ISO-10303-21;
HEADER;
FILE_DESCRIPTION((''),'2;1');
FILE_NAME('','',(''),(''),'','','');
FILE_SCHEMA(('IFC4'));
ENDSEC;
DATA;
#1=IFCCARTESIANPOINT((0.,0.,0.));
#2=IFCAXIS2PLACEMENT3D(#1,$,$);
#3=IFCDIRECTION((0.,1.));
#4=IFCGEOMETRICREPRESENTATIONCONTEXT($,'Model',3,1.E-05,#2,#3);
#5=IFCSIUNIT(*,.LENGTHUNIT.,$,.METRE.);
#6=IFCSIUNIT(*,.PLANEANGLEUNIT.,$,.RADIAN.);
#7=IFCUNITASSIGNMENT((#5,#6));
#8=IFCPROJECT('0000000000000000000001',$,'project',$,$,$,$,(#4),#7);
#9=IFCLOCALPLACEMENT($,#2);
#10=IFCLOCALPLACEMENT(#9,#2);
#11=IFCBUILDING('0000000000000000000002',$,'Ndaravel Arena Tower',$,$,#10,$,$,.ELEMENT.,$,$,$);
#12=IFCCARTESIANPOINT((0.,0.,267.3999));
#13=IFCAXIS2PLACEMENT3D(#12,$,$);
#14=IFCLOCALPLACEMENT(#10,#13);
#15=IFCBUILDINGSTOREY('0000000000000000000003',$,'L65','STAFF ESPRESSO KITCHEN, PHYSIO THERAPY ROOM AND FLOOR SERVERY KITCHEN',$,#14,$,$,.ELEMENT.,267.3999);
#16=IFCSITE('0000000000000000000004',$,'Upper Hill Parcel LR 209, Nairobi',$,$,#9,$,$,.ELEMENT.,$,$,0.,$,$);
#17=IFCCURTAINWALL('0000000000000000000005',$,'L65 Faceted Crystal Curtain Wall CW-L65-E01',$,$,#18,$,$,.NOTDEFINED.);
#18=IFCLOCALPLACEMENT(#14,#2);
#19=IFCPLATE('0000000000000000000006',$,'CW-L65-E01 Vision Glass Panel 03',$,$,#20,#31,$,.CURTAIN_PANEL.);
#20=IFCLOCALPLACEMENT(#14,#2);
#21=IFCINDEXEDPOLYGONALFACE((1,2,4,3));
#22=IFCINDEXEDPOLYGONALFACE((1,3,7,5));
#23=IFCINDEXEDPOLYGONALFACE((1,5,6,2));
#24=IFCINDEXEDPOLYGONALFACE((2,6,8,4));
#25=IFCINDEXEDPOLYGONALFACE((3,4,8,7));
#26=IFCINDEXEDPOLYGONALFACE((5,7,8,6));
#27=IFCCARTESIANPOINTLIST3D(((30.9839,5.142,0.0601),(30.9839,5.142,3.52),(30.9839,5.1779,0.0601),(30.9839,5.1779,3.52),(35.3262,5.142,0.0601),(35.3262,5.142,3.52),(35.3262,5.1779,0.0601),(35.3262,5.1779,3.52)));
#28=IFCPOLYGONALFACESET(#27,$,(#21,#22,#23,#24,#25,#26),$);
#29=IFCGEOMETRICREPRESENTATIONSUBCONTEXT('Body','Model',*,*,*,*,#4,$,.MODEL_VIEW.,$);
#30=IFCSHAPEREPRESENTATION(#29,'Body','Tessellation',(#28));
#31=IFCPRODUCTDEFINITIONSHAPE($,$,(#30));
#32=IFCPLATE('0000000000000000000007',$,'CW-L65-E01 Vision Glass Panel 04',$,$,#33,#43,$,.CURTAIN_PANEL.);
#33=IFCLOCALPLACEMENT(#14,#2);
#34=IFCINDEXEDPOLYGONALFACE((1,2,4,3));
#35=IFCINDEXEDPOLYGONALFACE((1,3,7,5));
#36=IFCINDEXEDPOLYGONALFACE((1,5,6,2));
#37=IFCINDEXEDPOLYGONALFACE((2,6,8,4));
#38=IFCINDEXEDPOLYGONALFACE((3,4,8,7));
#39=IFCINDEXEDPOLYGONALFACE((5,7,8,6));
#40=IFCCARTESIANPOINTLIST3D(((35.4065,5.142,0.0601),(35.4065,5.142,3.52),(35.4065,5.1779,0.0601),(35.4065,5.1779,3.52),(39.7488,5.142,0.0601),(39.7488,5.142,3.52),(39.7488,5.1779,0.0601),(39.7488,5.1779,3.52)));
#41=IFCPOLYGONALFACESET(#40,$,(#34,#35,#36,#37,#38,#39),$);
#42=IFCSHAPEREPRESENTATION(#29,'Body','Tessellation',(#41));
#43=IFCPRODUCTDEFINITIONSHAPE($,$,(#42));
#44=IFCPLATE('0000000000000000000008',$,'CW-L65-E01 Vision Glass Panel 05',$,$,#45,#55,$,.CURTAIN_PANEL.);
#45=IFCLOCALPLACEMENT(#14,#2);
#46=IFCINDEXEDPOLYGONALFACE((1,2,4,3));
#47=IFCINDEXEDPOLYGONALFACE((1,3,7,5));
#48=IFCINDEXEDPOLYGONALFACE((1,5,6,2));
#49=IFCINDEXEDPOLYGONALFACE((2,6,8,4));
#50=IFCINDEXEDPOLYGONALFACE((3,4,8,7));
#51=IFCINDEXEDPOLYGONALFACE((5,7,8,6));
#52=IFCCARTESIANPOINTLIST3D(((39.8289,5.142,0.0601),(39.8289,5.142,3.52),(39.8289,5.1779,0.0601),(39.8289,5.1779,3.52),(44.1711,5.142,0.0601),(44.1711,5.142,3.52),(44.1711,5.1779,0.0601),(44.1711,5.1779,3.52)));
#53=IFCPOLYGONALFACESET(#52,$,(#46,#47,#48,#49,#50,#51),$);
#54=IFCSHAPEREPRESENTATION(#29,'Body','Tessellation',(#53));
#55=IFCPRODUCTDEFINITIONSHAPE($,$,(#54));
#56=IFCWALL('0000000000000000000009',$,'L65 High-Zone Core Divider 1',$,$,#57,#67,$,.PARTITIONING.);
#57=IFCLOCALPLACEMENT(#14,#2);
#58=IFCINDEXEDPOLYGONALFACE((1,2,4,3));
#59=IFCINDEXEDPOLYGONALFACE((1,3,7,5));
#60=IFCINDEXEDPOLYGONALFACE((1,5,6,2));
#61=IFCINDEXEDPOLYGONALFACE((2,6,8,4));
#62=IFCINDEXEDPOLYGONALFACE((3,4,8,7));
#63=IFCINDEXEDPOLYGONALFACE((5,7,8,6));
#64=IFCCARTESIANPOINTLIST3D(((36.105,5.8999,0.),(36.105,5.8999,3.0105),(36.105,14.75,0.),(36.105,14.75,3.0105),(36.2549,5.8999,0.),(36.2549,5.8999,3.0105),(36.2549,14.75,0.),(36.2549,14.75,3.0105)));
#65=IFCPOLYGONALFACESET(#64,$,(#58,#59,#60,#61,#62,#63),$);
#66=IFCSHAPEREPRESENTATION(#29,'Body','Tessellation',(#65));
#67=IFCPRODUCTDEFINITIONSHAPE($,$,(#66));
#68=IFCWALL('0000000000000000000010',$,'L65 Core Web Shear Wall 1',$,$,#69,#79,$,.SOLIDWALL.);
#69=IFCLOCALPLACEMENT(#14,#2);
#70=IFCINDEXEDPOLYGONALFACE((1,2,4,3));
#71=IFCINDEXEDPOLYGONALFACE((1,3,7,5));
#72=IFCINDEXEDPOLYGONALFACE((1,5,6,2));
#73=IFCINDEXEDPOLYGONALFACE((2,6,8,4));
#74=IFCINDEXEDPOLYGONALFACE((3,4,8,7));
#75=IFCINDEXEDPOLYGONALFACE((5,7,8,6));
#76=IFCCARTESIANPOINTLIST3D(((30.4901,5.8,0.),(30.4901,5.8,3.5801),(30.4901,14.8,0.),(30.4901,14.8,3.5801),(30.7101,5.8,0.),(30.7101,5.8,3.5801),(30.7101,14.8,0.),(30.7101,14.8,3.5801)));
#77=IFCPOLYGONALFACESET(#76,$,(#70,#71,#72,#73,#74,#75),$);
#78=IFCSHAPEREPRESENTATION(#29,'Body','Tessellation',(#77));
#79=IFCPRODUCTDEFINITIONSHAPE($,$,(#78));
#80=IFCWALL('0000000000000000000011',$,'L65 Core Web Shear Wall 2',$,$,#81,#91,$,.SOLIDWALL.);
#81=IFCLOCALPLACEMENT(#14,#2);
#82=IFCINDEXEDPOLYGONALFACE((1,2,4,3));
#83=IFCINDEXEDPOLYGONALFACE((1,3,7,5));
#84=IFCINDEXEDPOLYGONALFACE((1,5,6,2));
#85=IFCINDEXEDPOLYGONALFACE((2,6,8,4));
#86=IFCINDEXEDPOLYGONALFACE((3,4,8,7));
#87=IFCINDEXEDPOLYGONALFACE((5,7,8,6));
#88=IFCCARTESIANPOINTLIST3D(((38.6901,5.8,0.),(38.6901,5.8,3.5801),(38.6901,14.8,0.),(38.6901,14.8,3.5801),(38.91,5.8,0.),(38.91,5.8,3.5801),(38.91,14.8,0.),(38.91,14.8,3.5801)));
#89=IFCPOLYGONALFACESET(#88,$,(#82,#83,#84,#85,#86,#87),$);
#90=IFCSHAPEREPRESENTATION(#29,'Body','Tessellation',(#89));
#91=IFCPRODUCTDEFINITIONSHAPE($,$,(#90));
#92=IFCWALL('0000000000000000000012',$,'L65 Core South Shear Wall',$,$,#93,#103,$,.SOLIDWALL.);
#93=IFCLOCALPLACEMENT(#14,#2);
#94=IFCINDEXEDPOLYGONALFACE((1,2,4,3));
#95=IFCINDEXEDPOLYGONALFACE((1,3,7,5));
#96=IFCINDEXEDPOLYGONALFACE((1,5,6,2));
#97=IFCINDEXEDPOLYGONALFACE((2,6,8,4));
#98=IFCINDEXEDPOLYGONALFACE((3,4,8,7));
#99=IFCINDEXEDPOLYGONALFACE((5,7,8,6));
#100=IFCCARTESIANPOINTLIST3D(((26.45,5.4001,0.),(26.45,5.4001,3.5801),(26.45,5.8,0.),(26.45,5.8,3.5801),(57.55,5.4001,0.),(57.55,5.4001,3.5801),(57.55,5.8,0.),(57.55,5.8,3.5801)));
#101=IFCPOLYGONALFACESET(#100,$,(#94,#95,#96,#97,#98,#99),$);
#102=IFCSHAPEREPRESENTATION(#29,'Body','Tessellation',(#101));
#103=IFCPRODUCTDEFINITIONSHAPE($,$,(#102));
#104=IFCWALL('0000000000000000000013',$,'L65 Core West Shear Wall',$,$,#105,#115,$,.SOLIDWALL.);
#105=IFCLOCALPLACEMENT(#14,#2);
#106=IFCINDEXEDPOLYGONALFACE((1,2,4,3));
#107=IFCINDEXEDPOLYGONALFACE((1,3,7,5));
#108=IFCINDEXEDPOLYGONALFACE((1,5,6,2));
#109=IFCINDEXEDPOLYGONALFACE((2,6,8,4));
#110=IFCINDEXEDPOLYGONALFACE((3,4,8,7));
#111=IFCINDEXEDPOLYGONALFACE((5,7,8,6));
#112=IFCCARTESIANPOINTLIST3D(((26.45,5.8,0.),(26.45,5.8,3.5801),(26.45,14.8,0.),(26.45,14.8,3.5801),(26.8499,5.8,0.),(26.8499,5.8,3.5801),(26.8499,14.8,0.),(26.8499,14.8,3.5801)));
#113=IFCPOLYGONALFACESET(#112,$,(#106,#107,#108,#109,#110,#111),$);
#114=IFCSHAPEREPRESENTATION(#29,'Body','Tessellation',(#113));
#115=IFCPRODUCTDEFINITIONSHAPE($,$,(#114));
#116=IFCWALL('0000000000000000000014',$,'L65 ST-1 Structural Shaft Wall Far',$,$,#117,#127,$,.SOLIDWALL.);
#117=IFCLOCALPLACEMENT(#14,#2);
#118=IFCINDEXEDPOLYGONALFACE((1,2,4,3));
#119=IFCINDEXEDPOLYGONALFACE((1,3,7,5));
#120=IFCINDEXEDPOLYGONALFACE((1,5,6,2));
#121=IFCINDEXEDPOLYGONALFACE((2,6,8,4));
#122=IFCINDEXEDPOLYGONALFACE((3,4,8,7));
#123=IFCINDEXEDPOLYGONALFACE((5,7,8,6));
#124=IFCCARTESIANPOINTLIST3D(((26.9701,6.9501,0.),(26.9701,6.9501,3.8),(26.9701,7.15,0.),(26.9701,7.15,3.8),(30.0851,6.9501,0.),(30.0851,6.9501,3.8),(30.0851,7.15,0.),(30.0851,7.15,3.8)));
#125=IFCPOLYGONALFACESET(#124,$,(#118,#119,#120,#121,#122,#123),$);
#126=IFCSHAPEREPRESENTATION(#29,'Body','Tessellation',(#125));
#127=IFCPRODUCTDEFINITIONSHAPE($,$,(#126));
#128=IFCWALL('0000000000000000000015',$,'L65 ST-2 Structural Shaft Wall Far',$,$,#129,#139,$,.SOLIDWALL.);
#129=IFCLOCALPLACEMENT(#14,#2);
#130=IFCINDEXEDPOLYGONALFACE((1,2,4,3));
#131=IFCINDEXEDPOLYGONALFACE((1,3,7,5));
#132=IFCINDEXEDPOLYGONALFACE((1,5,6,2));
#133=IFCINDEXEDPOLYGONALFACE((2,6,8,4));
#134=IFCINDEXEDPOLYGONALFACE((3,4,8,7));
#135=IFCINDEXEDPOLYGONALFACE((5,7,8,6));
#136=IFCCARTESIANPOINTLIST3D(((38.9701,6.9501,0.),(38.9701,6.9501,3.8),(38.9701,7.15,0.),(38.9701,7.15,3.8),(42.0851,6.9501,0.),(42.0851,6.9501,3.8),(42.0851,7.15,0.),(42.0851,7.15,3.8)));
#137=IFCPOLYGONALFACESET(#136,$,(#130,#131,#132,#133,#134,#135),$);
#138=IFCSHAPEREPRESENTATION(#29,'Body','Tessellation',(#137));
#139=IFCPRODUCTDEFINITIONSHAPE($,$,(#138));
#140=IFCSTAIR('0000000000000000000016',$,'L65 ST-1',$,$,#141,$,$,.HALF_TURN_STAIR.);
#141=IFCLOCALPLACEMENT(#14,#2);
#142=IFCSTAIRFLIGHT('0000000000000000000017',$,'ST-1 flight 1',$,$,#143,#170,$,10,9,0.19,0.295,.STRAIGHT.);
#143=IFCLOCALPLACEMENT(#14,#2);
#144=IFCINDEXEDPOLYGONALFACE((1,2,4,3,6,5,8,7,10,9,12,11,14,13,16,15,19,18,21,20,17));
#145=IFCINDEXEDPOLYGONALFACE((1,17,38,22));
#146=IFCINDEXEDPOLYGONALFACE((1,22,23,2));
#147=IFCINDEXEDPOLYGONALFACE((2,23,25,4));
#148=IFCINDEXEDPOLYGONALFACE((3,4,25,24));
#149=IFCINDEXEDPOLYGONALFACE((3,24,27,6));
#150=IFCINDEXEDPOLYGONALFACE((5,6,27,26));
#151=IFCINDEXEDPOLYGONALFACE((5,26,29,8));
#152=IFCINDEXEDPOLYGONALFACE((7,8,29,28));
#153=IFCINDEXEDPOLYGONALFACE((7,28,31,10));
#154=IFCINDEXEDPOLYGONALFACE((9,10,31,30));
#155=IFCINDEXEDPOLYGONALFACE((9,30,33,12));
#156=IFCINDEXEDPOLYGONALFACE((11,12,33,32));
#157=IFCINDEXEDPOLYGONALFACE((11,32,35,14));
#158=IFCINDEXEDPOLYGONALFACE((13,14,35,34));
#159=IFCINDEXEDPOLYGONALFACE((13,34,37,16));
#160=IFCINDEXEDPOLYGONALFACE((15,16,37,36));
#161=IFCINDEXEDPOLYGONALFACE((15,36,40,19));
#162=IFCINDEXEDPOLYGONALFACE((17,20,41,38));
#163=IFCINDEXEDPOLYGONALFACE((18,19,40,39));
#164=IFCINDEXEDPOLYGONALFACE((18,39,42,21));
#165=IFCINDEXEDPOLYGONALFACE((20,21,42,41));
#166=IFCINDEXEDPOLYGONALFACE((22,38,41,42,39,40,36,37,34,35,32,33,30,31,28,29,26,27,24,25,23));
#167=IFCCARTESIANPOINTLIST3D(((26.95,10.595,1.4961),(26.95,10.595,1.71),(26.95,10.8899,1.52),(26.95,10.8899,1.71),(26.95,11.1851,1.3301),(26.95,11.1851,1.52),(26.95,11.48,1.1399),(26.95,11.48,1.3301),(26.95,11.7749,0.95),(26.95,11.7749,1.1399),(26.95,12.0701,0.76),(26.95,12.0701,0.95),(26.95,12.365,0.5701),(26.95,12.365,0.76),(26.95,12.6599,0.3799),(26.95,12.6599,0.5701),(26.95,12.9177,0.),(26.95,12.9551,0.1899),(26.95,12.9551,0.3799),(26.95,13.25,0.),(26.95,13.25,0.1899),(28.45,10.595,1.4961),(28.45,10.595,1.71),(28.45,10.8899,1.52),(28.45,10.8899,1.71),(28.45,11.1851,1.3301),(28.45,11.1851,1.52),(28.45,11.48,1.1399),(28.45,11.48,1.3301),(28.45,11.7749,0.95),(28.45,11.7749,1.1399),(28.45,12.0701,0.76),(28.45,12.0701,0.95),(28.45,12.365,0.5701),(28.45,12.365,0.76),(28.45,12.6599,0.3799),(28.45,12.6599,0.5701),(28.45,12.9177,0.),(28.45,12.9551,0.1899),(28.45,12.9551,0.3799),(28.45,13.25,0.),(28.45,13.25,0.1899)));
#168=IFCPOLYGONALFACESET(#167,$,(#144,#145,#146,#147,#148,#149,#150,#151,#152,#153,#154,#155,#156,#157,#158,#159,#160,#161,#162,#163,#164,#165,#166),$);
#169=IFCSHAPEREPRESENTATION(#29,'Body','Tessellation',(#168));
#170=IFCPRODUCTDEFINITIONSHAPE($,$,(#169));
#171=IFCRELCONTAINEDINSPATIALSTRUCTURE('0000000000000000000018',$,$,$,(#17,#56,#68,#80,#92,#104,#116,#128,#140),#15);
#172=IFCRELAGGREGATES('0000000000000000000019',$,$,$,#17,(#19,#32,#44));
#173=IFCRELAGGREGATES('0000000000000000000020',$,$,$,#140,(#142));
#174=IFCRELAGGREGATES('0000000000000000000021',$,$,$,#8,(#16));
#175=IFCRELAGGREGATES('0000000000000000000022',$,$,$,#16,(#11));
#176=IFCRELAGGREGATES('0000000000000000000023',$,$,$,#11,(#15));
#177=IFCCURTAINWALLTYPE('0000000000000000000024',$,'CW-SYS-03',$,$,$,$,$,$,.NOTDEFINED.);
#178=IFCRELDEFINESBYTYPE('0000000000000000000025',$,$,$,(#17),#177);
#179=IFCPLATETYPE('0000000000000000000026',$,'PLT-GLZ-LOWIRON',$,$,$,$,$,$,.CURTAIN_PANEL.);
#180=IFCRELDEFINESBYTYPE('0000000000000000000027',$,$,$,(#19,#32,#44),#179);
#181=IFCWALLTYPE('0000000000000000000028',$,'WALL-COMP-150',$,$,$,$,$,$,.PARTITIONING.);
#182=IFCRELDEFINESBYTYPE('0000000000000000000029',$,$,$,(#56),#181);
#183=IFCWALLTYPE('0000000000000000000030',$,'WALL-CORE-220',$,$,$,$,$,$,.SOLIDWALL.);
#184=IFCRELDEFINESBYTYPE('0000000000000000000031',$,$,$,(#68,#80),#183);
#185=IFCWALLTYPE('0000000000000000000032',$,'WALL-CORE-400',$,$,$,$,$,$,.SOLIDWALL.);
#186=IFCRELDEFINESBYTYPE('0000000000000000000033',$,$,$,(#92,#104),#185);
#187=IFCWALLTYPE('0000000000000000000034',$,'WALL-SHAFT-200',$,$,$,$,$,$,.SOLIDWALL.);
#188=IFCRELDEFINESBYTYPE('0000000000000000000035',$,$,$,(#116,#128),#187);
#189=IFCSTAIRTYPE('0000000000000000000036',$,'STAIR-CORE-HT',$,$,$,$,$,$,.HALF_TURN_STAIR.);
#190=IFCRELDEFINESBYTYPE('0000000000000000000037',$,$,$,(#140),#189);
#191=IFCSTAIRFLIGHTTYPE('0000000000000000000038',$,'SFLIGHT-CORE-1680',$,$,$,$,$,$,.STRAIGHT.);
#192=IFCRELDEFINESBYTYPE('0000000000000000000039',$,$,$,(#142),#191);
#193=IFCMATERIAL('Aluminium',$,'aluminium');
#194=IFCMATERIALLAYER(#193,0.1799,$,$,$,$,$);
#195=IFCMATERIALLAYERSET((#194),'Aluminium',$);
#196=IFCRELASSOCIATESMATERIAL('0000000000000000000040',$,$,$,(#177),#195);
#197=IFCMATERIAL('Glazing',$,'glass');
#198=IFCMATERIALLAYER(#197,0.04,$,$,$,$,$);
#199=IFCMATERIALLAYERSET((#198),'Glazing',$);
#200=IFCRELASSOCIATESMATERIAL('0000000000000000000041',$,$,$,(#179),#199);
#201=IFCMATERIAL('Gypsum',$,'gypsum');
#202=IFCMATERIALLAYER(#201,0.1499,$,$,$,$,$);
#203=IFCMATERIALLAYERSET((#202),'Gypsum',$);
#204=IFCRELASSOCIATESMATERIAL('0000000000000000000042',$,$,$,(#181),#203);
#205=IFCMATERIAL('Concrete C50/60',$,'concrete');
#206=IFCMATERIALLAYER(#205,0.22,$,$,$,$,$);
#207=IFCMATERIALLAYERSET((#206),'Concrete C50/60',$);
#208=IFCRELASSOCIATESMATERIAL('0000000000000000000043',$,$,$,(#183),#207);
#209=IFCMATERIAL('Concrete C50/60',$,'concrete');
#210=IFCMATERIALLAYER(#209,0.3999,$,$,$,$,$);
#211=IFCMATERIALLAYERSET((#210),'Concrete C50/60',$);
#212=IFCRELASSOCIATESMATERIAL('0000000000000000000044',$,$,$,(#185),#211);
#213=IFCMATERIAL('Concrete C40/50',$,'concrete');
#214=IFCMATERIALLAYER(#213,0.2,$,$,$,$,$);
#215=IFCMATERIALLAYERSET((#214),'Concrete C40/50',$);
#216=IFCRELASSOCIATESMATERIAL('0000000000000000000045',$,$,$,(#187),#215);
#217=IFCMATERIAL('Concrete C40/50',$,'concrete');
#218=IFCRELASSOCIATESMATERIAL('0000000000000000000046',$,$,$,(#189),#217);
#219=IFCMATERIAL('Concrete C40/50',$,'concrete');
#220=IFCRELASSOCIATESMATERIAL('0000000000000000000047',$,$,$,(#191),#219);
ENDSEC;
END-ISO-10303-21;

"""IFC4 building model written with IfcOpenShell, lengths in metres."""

from ifc_helpers import new_model, si_unit, direction, frame, frame_2d, origin, origin_2d, place, context, subcontext, project, spatial, polyline, rectangle, outline, extrude, material, layer, layer_set, type_object, element, aggregate, save


model = new_model("IFC4")

# Units and contexts
model_context = context("Model", 3, precision=1e-05, world=origin(), true_north=direction((0.0, 1.0)))
body_context = subcontext(model_context, "Body", "Model", "MODEL_VIEW")
ifc_project = project(units=[si_unit("LENGTHUNIT", "METRE"), si_unit("PLANEANGLEUNIT", "RADIAN")], contexts=[model_context])

# Site, building, storey
site_placement = place(None, origin())
site = spatial("IfcSite", under=ifc_project, at=site_placement, Name="Upper Hill Parcel LR 209, Nairobi", CompositionType="ELEMENT", RefElevation=0.0)
building_placement = place(site_placement, origin())
building = spatial("IfcBuilding", under=site, at=building_placement, Name="Ndaravel Arena Tower", CompositionType="ELEMENT")
storey_placement = place(building_placement, frame((0.0, 0.0, 267.3999)))
storey = spatial("IfcBuildingStorey", under=building, at=storey_placement, Name="L65", Description="STAFF ESPRESSO KITCHEN, PHYSIO THERAPY ROOM AND FLOOR SERVERY KITCHEN", CompositionType="ELEMENT", Elevation=267.3999)

# Curtain wall, plates
ifc_material_1 = material(Name="Aluminium", Category="aluminium")
ifc_layer_1 = layer(ifc_material_1, 0.1799)
ifc_layer_set_1 = layer_set([ifc_layer_1], Name="Aluminium")
curtain_wall_type = type_object("IfcCurtainWallType", Name="CW-SYS-03", PredefinedType="NOTDEFINED", material=ifc_layer_set_1)
curtain_wall_placement = place(storey_placement, origin())
curtain_wall = element("IfcCurtainWall", 1, at=curtain_wall_placement, inside=storey, type_object=curtain_wall_type, Name="L65 Faceted Crystal Curtain Wall CW-L65-E01", PredefinedType="NOTDEFINED")
ifc_material_2 = material(Name="Glazing", Category="glass")
ifc_layer_2 = layer(ifc_material_2, 0.04)
ifc_layer_set_2 = layer_set([ifc_layer_2], Name="Glazing")
plate_type = type_object("IfcPlateType", Name="PLT-GLZ-LOWIRON", PredefinedType="CURTAIN_PANEL", material=ifc_layer_set_2)
plate_1_placement = place(storey_placement, frame((33.155, 5.1599, 0.0601), z_axis=(0.0, 0.0, 1.0), x_axis=(1.0, 0.0, 0.0)))
plate_1 = element("IfcPlate", 2, at=plate_1_placement, type_object=plate_type, Name="CW-L65-E01 Vision Glass Panel 03", PredefinedType="CURTAIN_PANEL", context=body_context, shape_type="SweptSolid", body=[
    extrude(rectangle(XDim=4.3423, YDim=0.0359, at=origin_2d()), origin(), (0.0, 0.0, 1.0), 3.46),
])
plate_2_placement = place(storey_placement, frame((37.5776, 5.1599, 0.0601), z_axis=(0.0, 0.0, 1.0), x_axis=(1.0, 0.0, 0.0)))
plate_2 = element("IfcPlate", 3, at=plate_2_placement, type_object=plate_type, Name="CW-L65-E01 Vision Glass Panel 04", PredefinedType="CURTAIN_PANEL", context=body_context, shape_type="SweptSolid", body=[
    extrude(rectangle(XDim=4.3423, YDim=0.0359, at=origin_2d()), origin(), (0.0, 0.0, 1.0), 3.46),
])
plate_3_placement = place(storey_placement, frame((42.0, 5.1599, 0.0601), z_axis=(0.0, 0.0, 1.0), x_axis=(1.0, 0.0, 0.0)))
plate_3 = element("IfcPlate", 4, at=plate_3_placement, type_object=plate_type, Name="CW-L65-E01 Vision Glass Panel 05", PredefinedType="CURTAIN_PANEL", context=body_context, shape_type="SweptSolid", body=[
    extrude(rectangle(XDim=4.3423, YDim=0.0359, at=origin_2d()), origin(), (0.0, 0.0, 1.0), 3.46),
])
aggregate(curtain_wall, [plate_1, plate_2, plate_3])

# Walls
ifc_material_3 = material(Name="Gypsum", Category="gypsum")
ifc_layer_3 = layer(ifc_material_3, 0.1499)
ifc_layer_set_3 = layer_set([ifc_layer_3], Name="Gypsum")
wall_type_1 = type_object("IfcWallType", Name="WALL-COMP-150", PredefinedType="PARTITIONING", material=ifc_layer_set_3)
wall_1_placement = place(storey_placement, frame((36.1799, 5.8999, 0.0), z_axis=(0.0, 0.0, 1.0), x_axis=(0.0, 1.0, 0.0)))
element("IfcWall", 5, at=wall_1_placement, inside=storey, type_object=wall_type_1, Name="L65 High-Zone Core Divider 1", PredefinedType="PARTITIONING", context=body_context, shape_type="SweptSolid", body=[
    extrude(rectangle(XDim=8.8501, YDim=0.1499, at=frame_2d((4.425, 0.0))), origin(), (0.0, 0.0, 1.0), 3.0105),
])
ifc_material_4 = material(Name="Concrete C50/60", Category="concrete")
ifc_layer_4 = layer(ifc_material_4, 0.22)
ifc_layer_set_4 = layer_set([ifc_layer_4], Name="Concrete C50/60")
wall_type_2 = type_object("IfcWallType", Name="WALL-CORE-220", PredefinedType="SOLIDWALL", material=ifc_layer_set_4)
for number, where, z_axis, x_axis, name in (
    (6, (30.6001, 5.8, 0.0), (0.0, 0.0, 1.0), (0.0, 1.0, 0.0), "L65 Core Web Shear Wall 1"),
    (7, (38.8, 5.8, 0.0), (0.0, 0.0, 1.0), (0.0, 1.0, 0.0), "L65 Core Web Shear Wall 2"),
):
    element("IfcWall", number, at=place(storey_placement, frame(where, z_axis=z_axis, x_axis=x_axis)), inside=storey, type_object=wall_type_2, Name=name, PredefinedType="SOLIDWALL", context=body_context, shape_type="SweptSolid", body=[
        extrude(rectangle(XDim=9.0, YDim=0.22, at=frame_2d((4.5, 0.0))), origin(), (0.0, 0.0, 1.0), 3.5801),
    ])
ifc_material_5 = material(Name="Concrete C50/60", Category="concrete")
ifc_layer_5 = layer(ifc_material_5, 0.3999)
ifc_layer_set_5 = layer_set([ifc_layer_5], Name="Concrete C50/60")
wall_type_3 = type_object("IfcWallType", Name="WALL-CORE-400", PredefinedType="SOLIDWALL", material=ifc_layer_set_5)
wall_2_placement = place(storey_placement, frame((26.45, 5.6001, 0.0), z_axis=(0.0, 0.0, 1.0), x_axis=(1.0, 0.0, 0.0)))
element("IfcWall", 8, at=wall_2_placement, inside=storey, type_object=wall_type_3, Name="L65 Core South Shear Wall", PredefinedType="SOLIDWALL", context=body_context, shape_type="SweptSolid", body=[
    extrude(rectangle(XDim=31.1001, YDim=0.3999, at=frame_2d((15.55, 0.0))), origin(), (0.0, 0.0, 1.0), 3.5801),
])
wall_3_placement = place(storey_placement, frame((26.6499, 5.8, 0.0), z_axis=(0.0, 0.0, 1.0), x_axis=(0.0, 1.0, 0.0)))
element("IfcWall", 9, at=wall_3_placement, inside=storey, type_object=wall_type_3, Name="L65 Core West Shear Wall", PredefinedType="SOLIDWALL", context=body_context, shape_type="SweptSolid", body=[
    extrude(rectangle(XDim=9.0, YDim=0.3999, at=frame_2d((4.5, 0.0))), origin(), (0.0, 0.0, 1.0), 3.5801),
])
ifc_material_6 = material(Name="Concrete C40/50", Category="concrete")
ifc_layer_6 = layer(ifc_material_6, 0.2)
ifc_layer_set_6 = layer_set([ifc_layer_6], Name="Concrete C40/50")
wall_type_4 = type_object("IfcWallType", Name="WALL-SHAFT-200", PredefinedType="SOLIDWALL", material=ifc_layer_set_6)
for number, where, z_axis, x_axis, name in (
    (10, (26.97, 7.05, 0.0), (0.0, 0.0, 1.0), (1.0, 0.0, 0.0), "L65 ST-1 Structural Shaft Wall Far"),
    (11, (38.97, 7.05, 0.0), (0.0, 0.0, 1.0), (1.0, 0.0, 0.0), "L65 ST-2 Structural Shaft Wall Far"),
):
    element("IfcWall", number, at=place(storey_placement, frame(where, z_axis=z_axis, x_axis=x_axis)), inside=storey, type_object=wall_type_4, Name=name, PredefinedType="SOLIDWALL", context=body_context, shape_type="SweptSolid", body=[
        extrude(rectangle(XDim=3.115, YDim=0.2, at=frame_2d((1.5576, 0.0))), origin(), (0.0, 0.0, 1.0), 3.8),
    ])

# Stair, stair flight
ifc_material_7 = material(Name="Concrete C40/50", Category="concrete")
stair_type = type_object("IfcStairType", Name="STAIR-CORE-HT", PredefinedType="HALF_TURN_STAIR", material=ifc_material_7)
stair_1_placement = place(storey_placement, origin())
stair_1 = element("IfcStair", 12, at=stair_1_placement, inside=storey, type_object=stair_type, Name="L65 ST-1", PredefinedType="HALF_TURN_STAIR")
ifc_material_8 = material(Name="Concrete C40/50", Category="concrete")
stair_flight_type = type_object("IfcStairFlightType", Name="SFLIGHT-CORE-1680", PredefinedType="STRAIGHT", material=ifc_material_8)
stair_flight_1_placement = place(storey_placement, frame((27.7, 13.25, 0.0), z_axis=(0.0, 0.0, 1.0), x_axis=(0.0, -1.0, 0.0)))
stair_flight_1 = element("IfcStairFlight", 13, at=stair_flight_1_placement, type_object=stair_flight_type, Name="ST-1 flight 1", NumberOfRisers=10, NumberOfTreads=9, PredefinedType="STRAIGHT", RiserHeight=0.19, TreadLength=0.295, context=body_context, shape_type="SweptSolid", body=[
    extrude(outline(polyline([(0.0, 0.0), (0.0, 0.1899), (0.2949, 0.1899), (0.2949, 0.3799), (0.5901, 0.3799), (0.5901, 0.5701), (0.885, 0.5701), (0.885, 0.76), (1.1799, 0.76), (1.1799, 0.95), (1.4751, 0.95), (1.4751, 1.1399), (1.77, 1.1399), (1.77, 1.3301), (2.0649, 1.3301), (2.0649, 1.52), (2.3601, 1.52), (2.3601, 1.71), (2.655, 1.71), (2.655, 1.8999), (2.655, 1.4961), (0.3323, 0.0), (0.0, 0.0)])), frame((0.0, 0.75, 0.0), z_axis=(0.0, -1.0, 0.0), x_axis=(1.0, 0.0, 0.0)), (0.0, 0.0, 1.0), 1.5),
])
aggregate(stair_1, [stair_flight_1])

save(model, "model.ifc")
